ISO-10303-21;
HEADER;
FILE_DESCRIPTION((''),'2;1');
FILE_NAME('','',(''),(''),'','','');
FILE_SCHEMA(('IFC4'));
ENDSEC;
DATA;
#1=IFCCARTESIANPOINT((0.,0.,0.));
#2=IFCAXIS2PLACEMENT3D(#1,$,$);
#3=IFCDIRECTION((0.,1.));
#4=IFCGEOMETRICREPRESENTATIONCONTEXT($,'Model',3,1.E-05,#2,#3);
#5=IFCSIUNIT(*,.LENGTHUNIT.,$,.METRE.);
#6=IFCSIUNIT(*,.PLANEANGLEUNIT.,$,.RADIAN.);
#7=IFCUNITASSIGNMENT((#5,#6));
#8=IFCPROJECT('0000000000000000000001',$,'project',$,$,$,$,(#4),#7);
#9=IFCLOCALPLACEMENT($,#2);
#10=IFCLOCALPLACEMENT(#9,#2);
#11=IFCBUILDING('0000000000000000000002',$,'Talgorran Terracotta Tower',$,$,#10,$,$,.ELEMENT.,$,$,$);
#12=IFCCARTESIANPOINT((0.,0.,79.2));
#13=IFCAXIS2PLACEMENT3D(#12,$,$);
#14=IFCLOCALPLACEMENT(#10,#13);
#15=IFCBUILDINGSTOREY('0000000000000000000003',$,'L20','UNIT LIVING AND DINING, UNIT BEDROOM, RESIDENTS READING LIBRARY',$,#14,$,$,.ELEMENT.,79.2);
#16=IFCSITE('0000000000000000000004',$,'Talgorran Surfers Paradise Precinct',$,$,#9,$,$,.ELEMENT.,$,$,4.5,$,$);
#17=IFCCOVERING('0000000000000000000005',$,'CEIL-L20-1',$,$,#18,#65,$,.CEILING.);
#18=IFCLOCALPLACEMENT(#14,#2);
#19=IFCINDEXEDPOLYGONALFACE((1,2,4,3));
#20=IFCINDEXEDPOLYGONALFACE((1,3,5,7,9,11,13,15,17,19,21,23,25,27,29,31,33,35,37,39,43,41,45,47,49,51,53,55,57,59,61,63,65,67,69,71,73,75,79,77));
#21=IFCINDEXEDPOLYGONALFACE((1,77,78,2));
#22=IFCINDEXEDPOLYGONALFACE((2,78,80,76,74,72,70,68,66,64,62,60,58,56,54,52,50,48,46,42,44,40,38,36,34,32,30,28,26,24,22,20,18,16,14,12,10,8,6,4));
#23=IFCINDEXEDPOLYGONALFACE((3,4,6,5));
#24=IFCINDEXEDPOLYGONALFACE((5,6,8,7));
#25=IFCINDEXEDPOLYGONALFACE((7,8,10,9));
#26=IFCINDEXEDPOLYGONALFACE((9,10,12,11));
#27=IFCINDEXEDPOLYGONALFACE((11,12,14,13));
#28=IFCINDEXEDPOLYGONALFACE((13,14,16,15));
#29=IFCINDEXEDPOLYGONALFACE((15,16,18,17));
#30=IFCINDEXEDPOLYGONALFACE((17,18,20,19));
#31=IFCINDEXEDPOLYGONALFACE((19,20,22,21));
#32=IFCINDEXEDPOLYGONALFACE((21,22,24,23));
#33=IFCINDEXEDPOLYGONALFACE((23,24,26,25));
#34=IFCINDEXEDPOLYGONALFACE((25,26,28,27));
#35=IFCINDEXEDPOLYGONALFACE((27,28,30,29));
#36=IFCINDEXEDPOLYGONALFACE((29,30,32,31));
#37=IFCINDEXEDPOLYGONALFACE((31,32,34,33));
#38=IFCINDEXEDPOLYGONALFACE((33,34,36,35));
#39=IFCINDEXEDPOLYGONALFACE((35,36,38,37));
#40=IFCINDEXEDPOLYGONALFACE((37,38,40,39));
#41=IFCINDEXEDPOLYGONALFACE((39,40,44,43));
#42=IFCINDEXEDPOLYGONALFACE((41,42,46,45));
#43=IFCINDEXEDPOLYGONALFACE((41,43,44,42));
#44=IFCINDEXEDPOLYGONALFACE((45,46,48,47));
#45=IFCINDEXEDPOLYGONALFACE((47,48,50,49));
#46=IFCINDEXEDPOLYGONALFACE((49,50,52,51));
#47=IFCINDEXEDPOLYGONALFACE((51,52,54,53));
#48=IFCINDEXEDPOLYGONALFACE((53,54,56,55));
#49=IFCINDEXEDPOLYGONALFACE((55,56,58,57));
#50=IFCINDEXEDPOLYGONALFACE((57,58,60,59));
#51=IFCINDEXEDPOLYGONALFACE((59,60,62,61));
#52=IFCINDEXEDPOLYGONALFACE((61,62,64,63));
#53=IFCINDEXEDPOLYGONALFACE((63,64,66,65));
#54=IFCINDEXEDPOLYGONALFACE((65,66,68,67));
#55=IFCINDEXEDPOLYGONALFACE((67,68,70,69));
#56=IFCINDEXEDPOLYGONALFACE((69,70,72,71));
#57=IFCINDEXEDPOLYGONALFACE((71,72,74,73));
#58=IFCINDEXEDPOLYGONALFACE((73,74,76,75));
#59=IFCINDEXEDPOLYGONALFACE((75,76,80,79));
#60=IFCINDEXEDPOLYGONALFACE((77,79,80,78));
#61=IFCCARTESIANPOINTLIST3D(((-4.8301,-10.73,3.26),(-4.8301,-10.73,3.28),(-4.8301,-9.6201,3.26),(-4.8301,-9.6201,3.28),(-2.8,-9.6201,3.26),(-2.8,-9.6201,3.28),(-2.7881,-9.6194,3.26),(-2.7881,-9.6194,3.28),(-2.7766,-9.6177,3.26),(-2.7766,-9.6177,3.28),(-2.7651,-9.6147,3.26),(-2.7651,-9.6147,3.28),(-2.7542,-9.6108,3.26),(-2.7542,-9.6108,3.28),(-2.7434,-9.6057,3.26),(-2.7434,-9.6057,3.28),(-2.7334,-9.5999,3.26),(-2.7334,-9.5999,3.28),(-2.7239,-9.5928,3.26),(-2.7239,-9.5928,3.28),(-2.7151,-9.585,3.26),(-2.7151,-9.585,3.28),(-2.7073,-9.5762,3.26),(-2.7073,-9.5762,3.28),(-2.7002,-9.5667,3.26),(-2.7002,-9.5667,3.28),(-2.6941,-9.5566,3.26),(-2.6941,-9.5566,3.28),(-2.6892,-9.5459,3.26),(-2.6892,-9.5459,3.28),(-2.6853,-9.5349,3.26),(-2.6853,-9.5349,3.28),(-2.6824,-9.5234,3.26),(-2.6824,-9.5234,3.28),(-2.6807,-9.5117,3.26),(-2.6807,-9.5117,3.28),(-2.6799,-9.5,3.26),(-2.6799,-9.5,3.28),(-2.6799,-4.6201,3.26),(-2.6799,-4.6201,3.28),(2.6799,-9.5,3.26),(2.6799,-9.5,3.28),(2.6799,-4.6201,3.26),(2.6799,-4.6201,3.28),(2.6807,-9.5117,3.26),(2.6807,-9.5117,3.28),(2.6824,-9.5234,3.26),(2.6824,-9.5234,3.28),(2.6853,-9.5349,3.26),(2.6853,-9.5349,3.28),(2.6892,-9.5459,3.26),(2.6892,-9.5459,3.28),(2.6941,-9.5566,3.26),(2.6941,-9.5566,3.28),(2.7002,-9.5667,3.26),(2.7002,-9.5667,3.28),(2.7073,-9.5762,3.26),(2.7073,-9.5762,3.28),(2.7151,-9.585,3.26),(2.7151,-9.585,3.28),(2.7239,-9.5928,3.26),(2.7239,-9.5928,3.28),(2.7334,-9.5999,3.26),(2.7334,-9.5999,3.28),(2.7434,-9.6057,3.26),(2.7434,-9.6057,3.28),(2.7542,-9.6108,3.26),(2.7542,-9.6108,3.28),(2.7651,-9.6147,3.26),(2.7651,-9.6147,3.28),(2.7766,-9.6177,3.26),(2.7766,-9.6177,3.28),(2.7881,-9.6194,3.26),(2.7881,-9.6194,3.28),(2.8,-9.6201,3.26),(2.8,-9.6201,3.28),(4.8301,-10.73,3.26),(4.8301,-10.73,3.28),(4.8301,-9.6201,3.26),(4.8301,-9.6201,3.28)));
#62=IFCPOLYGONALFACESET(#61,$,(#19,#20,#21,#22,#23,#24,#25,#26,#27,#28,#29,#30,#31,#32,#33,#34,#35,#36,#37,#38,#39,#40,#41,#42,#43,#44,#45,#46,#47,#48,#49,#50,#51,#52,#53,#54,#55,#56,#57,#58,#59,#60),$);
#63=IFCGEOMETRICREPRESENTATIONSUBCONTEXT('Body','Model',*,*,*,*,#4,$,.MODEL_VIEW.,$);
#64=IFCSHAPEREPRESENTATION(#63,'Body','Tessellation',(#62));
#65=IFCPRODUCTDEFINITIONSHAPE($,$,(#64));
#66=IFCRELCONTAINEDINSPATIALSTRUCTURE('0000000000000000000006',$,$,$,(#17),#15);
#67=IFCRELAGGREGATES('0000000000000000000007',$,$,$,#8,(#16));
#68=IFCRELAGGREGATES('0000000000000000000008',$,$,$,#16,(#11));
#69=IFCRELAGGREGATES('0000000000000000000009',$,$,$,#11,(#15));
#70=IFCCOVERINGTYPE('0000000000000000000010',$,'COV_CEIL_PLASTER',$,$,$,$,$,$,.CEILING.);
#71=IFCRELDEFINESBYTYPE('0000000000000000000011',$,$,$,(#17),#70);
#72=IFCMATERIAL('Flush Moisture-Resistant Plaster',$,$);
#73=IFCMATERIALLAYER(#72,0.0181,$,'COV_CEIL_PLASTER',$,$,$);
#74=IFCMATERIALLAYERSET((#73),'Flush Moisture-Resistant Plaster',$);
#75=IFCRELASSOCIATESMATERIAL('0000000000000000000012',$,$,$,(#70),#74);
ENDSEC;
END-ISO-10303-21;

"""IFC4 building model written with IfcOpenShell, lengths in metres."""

from ifc_helpers import new_model, si_unit, direction, frame, origin, place, context, subcontext, project, spatial, polyline, outline, extrude, material, layer, layer_set, type_object, element, save


model = new_model("IFC4")

# Units and contexts
model_context = context("Model", 3, precision=1e-05, world=origin(), true_north=direction((0.0, 1.0)))
body_context = subcontext(model_context, "Body", "Model", "MODEL_VIEW")
ifc_project = project(units=[si_unit("LENGTHUNIT", "METRE"), si_unit("PLANEANGLEUNIT", "RADIAN")], contexts=[model_context])

# Site, building, storey
site_placement = place(None, origin())
site = spatial("IfcSite", under=ifc_project, at=site_placement, Name="Talgorran Surfers Paradise Precinct", CompositionType="ELEMENT", RefElevation=4.5)
building_placement = place(site_placement, origin())
building = spatial("IfcBuilding", under=site, at=building_placement, Name="Talgorran Terracotta Tower", CompositionType="ELEMENT")
storey_placement = place(building_placement, frame((0.0, 0.0, 79.2)))
storey = spatial("IfcBuildingStorey", under=building, at=storey_placement, Name="L20", Description="UNIT LIVING AND DINING, UNIT BEDROOM, RESIDENTS READING LIBRARY", CompositionType="ELEMENT", Elevation=79.2)

# Covering
ifc_material_1 = material(Name="Flush Moisture-Resistant Plaster")
ifc_layer_1 = layer(ifc_material_1, 0.0181, Name="COV_CEIL_PLASTER")
ifc_layer_set_1 = layer_set([ifc_layer_1], Name="Flush Moisture-Resistant Plaster")
covering_type_1 = type_object("IfcCoveringType", Name="COV_CEIL_PLASTER", PredefinedType="CEILING", material=ifc_layer_set_1)
covering_1_placement = place(storey_placement, frame((0.0, 0.0, 3.26)))
element("IfcCovering", 1, at=covering_1_placement, inside=storey, type_object=covering_type_1, Name="CEIL-L20-1", PredefinedType="CEILING", context=body_context, shape_type="SweptSolid", body=[
    extrude(outline(polyline([(-4.8301, -9.6201), (-2.8, -9.6201), (-2.7881, -9.6194), (-2.7766, -9.6177), (-2.7651, -9.6147), (-2.7542, -9.6108), (-2.7434, -9.6057), (-2.7334, -9.5999), (-2.7239, -9.5928), (-2.7151, -9.585), (-2.7073, -9.5762), (-2.7002, -9.5667), (-2.6941, -9.5566), (-2.6892, -9.5459), (-2.6853, -9.5349), (-2.6824, -9.5234), (-2.6807, -9.5117), (-2.6799, -9.5), (-2.6799, -4.6201), (2.6799, -4.6201), (2.6799, -9.5), (2.6807, -9.5117), (2.6824, -9.5234), (2.6853, -9.5349), (2.6892, -9.5459), (2.6941, -9.5566), (2.7002, -9.5667), (2.7073, -9.5762), (2.7151, -9.585), (2.7239, -9.5928), (2.7334, -9.5999), (2.7434, -9.6057), (2.7542, -9.6108), (2.7651, -9.6147), (2.7766, -9.6177), (2.7881, -9.6194), (2.8, -9.6201), (4.8301, -9.6201), (4.8301, -10.73), (-4.8301, -10.73), (-4.8301, -9.6201)])), origin(), (0.0, 0.0, 1.0), 0.02),
])

save(model, "model.ifc")
